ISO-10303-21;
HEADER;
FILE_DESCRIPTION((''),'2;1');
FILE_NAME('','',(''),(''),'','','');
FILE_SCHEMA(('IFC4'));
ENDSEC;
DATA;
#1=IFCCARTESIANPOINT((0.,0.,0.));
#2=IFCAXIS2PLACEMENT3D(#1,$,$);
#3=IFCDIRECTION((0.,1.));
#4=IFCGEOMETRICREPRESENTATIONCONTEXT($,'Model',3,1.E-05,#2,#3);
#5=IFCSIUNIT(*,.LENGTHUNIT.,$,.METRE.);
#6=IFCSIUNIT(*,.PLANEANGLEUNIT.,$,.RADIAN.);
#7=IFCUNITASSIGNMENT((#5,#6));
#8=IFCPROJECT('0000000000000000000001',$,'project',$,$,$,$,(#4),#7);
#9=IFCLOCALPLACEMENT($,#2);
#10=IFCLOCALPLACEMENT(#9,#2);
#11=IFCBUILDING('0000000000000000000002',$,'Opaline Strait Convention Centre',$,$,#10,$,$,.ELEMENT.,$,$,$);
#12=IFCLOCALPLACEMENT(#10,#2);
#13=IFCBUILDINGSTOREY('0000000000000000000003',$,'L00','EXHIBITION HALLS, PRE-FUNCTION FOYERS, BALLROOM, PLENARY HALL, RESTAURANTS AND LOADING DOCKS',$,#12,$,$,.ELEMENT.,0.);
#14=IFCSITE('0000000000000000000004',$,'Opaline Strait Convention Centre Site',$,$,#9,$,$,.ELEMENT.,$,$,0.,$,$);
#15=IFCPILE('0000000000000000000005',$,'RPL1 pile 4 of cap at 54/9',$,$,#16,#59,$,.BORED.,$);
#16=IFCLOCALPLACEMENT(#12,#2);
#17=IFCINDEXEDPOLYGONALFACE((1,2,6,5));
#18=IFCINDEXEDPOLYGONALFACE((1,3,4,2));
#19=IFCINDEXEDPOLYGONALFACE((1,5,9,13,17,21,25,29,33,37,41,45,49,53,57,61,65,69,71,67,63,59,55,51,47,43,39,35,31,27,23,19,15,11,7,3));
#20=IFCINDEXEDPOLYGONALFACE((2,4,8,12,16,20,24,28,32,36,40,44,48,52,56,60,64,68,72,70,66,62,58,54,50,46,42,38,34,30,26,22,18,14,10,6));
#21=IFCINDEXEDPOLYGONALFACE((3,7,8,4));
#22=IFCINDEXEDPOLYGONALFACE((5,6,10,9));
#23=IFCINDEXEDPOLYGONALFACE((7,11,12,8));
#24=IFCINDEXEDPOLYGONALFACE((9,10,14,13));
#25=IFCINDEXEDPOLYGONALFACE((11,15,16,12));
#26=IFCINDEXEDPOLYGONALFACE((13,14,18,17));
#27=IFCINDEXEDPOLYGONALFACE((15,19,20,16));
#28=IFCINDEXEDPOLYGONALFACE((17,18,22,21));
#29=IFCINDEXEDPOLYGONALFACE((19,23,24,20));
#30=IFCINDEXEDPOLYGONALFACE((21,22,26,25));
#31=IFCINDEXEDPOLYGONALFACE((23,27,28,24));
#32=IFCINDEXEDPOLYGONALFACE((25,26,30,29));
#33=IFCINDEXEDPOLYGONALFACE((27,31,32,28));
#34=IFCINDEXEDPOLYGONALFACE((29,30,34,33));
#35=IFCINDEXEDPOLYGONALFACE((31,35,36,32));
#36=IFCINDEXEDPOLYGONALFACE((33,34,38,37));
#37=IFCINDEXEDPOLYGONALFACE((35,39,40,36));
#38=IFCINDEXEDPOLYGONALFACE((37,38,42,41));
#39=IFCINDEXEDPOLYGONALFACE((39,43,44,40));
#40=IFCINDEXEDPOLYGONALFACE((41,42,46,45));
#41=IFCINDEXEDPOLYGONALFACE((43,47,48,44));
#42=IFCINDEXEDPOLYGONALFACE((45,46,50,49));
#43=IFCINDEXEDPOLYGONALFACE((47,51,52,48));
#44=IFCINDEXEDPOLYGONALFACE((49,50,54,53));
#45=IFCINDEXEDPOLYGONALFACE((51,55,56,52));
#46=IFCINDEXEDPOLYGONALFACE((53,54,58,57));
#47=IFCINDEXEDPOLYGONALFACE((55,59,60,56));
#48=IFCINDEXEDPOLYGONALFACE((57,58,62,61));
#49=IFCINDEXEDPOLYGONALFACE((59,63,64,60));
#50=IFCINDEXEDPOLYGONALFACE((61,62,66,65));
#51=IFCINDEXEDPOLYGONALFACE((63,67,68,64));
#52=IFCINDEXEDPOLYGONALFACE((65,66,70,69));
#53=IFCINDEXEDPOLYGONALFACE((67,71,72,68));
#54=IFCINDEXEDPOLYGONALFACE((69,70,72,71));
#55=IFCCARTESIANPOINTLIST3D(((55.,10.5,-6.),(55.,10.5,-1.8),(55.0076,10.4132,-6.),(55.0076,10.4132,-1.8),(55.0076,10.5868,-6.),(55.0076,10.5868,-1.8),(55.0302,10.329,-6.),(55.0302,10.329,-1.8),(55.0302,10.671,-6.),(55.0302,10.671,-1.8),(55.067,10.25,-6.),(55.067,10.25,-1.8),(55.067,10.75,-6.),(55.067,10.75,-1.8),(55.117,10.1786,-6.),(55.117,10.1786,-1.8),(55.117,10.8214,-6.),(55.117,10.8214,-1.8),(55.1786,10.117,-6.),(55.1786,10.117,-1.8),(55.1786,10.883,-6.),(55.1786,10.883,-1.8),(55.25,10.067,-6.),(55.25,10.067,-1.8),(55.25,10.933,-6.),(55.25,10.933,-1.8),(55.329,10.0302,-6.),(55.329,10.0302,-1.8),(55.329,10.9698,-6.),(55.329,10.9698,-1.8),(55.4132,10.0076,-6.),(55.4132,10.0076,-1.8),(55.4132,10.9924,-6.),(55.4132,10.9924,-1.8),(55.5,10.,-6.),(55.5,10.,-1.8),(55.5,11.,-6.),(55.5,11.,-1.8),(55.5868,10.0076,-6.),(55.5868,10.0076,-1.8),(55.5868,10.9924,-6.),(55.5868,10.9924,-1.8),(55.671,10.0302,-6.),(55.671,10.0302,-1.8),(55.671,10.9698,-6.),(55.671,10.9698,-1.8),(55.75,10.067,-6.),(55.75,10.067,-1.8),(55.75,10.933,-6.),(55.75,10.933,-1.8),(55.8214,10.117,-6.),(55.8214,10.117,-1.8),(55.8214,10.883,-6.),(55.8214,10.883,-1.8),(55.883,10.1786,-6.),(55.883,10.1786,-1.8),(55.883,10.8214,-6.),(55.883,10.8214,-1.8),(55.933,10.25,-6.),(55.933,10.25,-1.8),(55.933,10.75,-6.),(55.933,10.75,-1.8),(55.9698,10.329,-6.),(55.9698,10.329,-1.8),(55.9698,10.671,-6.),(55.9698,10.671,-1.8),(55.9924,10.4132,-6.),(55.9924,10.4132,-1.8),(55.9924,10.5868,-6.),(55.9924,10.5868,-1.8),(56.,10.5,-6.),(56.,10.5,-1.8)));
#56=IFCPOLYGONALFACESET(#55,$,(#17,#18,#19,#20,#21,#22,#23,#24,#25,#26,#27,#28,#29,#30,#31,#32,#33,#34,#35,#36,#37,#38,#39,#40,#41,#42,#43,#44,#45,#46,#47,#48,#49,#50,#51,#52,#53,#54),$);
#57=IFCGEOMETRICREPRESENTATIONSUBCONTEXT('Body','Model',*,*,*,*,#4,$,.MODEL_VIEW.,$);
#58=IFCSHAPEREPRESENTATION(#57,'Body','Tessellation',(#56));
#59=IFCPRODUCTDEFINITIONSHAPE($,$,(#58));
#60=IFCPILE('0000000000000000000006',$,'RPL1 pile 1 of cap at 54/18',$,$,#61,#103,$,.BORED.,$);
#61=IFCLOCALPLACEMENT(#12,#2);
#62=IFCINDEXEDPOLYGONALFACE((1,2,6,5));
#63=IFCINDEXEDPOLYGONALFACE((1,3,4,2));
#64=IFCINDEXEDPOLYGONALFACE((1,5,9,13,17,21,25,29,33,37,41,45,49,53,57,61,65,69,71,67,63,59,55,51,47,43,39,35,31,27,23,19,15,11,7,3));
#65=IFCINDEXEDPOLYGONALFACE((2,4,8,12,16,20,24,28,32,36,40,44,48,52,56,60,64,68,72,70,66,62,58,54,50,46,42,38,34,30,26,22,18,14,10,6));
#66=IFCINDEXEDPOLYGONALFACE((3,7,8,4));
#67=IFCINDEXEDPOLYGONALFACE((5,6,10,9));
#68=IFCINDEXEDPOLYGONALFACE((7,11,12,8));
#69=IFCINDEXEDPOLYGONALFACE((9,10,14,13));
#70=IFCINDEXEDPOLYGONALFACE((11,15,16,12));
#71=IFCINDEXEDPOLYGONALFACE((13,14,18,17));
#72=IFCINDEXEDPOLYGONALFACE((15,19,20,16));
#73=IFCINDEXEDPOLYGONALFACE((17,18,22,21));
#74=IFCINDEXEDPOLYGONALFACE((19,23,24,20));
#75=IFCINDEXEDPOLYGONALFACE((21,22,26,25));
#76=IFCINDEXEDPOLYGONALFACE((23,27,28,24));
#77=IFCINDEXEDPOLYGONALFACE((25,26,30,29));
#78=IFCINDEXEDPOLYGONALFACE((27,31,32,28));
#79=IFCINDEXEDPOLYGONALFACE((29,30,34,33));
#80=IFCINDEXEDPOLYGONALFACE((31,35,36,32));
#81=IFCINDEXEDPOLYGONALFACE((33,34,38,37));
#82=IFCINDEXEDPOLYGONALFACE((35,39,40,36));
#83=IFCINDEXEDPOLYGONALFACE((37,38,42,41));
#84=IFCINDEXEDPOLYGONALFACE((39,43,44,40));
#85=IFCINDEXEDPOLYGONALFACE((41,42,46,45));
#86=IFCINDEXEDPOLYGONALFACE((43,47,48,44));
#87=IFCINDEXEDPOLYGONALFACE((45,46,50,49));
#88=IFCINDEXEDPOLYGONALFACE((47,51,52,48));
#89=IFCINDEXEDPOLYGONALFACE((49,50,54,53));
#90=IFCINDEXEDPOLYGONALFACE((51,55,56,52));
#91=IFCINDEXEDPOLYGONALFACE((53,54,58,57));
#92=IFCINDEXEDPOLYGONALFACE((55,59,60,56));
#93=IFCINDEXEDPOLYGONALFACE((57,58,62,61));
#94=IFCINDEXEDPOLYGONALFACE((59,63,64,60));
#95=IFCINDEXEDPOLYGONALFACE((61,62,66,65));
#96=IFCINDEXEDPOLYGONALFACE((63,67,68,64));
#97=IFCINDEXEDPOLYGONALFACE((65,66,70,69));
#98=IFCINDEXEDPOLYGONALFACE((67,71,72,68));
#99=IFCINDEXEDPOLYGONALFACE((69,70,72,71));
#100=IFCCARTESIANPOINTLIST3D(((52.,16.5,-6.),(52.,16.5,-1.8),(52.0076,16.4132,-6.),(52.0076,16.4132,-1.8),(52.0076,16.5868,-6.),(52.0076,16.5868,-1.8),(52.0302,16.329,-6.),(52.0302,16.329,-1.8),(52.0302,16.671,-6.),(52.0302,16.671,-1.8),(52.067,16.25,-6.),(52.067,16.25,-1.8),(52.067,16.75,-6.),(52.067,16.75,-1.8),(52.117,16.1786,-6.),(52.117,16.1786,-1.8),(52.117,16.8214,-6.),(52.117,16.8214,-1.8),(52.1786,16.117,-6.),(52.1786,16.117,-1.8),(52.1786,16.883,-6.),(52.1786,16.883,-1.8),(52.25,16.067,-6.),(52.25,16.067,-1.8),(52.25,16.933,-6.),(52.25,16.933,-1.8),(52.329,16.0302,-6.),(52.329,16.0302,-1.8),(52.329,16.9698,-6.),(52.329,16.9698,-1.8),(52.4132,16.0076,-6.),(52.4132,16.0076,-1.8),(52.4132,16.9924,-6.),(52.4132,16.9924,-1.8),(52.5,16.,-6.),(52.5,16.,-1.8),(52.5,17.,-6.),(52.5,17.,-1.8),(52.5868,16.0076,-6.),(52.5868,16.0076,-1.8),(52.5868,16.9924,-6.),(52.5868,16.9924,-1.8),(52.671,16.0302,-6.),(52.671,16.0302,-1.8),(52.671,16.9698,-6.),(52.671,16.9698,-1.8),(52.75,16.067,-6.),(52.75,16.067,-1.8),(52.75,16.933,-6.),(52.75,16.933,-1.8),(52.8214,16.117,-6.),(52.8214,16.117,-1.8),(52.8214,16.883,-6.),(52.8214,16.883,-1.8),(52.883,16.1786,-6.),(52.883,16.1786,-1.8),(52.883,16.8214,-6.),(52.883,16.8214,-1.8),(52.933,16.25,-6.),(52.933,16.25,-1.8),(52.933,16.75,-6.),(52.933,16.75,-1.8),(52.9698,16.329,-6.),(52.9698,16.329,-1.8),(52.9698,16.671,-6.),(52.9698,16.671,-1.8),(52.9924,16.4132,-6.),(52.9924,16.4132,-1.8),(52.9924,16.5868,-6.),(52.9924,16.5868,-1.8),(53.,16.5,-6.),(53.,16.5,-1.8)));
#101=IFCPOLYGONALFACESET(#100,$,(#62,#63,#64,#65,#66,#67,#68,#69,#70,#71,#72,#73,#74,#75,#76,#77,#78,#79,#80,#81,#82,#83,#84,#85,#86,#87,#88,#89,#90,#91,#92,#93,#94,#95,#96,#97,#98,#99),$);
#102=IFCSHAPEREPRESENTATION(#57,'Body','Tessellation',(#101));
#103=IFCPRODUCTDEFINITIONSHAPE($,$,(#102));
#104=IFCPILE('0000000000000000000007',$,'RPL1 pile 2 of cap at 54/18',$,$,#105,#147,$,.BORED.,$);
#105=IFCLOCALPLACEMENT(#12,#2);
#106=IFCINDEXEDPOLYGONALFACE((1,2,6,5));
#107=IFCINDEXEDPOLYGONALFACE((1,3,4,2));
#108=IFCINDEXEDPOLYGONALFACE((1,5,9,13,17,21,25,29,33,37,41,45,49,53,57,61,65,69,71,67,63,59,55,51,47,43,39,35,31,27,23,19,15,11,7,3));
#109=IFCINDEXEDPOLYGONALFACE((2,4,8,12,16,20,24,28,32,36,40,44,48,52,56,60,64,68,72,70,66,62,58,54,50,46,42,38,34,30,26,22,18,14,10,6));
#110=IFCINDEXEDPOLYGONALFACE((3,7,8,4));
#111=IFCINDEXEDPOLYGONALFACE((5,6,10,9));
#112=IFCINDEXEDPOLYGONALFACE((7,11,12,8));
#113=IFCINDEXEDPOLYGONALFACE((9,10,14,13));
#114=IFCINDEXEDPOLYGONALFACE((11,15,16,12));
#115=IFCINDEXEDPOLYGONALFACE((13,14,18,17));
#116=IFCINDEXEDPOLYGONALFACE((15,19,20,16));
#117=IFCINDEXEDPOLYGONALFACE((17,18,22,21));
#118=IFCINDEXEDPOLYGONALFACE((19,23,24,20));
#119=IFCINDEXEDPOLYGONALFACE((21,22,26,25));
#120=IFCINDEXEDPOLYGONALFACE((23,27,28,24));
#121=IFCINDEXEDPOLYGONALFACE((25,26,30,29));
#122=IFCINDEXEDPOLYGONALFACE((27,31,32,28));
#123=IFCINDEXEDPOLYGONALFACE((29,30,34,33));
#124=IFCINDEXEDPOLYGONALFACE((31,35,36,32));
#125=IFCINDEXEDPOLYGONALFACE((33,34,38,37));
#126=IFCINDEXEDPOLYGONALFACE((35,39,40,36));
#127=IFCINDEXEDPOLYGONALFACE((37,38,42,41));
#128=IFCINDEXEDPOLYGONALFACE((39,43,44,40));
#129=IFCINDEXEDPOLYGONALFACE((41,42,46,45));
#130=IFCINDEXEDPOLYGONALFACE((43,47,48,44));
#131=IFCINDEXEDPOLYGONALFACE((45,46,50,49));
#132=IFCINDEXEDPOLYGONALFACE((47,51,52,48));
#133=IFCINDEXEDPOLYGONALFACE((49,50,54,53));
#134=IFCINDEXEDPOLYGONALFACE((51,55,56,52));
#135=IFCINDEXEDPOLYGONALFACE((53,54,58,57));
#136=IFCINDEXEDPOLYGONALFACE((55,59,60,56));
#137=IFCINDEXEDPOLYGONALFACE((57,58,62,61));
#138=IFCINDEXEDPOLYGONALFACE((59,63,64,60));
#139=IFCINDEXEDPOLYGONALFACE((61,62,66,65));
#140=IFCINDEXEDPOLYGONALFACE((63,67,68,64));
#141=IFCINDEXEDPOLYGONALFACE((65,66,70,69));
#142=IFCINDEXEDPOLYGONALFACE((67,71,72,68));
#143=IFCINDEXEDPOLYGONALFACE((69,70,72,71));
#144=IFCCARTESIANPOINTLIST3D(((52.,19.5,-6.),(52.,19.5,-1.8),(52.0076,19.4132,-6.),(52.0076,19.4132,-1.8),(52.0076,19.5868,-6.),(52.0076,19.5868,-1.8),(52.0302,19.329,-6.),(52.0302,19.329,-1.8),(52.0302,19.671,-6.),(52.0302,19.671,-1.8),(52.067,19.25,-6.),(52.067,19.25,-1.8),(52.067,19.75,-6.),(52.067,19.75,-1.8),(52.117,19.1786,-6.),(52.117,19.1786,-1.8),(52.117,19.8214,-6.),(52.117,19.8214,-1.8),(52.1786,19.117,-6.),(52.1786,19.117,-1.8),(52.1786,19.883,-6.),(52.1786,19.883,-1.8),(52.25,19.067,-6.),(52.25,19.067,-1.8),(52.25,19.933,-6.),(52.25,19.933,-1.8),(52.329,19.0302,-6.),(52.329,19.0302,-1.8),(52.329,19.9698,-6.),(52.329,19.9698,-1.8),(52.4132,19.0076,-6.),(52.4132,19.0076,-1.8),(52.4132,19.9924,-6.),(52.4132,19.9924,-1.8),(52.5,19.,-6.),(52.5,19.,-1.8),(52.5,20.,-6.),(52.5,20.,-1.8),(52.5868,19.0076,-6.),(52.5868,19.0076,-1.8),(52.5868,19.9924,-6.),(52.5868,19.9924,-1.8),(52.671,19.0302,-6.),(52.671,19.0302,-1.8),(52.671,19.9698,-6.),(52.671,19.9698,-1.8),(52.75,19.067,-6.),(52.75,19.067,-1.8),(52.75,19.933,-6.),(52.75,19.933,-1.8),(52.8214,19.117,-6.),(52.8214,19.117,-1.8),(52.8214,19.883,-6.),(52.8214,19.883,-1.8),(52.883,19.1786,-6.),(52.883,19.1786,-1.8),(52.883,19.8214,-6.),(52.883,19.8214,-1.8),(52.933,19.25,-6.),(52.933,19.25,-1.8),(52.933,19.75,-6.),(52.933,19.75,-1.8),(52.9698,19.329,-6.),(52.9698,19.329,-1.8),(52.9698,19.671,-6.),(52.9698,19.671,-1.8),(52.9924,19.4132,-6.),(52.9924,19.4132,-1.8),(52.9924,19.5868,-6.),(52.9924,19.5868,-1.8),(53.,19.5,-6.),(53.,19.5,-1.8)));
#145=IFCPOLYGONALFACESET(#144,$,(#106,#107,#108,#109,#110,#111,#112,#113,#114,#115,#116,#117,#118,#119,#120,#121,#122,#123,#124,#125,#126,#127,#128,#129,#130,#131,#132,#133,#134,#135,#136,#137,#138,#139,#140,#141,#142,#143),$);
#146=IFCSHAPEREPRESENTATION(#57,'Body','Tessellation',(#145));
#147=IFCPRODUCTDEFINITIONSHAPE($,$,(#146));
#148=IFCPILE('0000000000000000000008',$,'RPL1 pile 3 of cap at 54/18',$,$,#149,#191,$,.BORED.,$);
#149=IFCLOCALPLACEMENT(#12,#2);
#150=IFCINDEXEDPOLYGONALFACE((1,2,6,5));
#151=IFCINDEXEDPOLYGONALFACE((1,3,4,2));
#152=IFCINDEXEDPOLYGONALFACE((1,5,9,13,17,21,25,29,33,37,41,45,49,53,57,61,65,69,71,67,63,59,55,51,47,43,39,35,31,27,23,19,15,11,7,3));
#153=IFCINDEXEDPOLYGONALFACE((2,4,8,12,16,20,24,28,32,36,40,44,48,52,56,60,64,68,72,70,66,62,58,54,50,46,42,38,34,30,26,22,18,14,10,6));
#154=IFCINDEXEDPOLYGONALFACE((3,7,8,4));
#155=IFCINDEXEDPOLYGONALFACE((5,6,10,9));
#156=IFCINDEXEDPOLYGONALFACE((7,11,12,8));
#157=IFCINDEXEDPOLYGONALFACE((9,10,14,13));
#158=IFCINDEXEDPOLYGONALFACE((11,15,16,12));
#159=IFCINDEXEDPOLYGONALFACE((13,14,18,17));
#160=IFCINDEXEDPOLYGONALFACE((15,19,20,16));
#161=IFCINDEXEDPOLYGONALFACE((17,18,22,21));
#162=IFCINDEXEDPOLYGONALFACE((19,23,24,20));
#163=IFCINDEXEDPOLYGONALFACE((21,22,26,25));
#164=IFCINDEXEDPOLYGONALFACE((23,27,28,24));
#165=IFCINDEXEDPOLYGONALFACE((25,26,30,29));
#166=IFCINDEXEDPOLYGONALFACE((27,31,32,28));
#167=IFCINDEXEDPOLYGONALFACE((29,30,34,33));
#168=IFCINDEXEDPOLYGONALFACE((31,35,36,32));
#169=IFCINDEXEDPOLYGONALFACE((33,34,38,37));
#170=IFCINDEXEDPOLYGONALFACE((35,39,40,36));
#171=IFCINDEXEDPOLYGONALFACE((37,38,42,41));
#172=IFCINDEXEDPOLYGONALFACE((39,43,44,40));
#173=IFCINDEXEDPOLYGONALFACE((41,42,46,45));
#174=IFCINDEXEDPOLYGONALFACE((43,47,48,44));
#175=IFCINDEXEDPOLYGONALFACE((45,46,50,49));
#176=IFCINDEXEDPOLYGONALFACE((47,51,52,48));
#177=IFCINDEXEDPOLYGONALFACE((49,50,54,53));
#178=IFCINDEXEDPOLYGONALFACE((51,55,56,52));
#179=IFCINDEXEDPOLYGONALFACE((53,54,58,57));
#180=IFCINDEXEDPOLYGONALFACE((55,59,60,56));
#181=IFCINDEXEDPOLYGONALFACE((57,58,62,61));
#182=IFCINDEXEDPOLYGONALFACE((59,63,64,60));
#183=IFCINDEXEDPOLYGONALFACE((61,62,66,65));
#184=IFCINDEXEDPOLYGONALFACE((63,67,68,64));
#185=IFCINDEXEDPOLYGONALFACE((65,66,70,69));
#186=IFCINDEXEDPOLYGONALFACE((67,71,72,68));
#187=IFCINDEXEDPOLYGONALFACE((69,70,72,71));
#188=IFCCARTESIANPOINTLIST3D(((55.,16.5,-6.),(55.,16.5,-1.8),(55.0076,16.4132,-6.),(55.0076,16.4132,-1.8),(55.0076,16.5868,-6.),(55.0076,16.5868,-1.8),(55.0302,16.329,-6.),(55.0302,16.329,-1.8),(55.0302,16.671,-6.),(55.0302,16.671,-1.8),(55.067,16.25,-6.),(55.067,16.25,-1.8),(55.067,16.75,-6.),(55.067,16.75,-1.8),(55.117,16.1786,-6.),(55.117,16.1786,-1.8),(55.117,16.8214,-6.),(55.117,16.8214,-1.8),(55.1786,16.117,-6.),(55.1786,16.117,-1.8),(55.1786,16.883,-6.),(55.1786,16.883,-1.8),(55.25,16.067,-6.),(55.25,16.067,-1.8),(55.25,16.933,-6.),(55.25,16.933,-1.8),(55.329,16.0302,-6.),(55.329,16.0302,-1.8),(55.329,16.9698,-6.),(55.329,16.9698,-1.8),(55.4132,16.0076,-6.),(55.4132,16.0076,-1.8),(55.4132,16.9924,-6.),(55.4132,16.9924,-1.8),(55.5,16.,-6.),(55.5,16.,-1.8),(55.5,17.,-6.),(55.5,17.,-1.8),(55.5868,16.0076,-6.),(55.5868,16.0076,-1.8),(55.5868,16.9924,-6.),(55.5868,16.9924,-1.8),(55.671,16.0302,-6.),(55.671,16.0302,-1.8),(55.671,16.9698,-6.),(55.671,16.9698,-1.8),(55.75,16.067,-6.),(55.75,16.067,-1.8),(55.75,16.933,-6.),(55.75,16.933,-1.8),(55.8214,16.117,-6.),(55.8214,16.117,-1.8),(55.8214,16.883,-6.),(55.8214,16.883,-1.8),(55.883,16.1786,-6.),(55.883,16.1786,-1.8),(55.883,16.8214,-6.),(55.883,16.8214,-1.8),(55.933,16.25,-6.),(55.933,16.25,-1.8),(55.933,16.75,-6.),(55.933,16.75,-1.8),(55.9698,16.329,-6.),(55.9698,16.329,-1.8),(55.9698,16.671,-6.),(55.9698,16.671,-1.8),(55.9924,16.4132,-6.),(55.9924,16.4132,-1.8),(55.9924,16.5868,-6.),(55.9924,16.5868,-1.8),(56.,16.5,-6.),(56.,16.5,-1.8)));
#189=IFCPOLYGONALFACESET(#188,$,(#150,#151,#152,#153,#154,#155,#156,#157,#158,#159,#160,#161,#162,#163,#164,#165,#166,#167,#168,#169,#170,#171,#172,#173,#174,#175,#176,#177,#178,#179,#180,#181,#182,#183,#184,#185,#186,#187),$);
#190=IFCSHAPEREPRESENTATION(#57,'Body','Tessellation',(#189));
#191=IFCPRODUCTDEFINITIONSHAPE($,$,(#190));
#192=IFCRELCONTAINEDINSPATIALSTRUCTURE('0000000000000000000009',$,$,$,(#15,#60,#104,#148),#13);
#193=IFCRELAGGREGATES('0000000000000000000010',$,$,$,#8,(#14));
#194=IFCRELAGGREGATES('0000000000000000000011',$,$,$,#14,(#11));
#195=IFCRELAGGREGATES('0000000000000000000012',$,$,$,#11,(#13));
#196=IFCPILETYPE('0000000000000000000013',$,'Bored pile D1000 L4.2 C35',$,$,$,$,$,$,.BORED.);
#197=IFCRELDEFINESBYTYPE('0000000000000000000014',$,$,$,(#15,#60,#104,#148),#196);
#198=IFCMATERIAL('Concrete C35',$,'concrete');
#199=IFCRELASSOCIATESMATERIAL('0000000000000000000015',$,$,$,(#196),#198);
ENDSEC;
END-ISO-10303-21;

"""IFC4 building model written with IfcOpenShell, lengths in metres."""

from ifc_helpers import new_model, si_unit, direction, frame, origin, origin_2d, place, context, subcontext, project, spatial, circle, extrude, material, material_profile, profile_set, type_object, element, save


model = new_model("IFC4")

# Units and contexts
model_context = context("Model", 3, precision=1e-05, world=origin(), true_north=direction((0.0, 1.0)))
body_context = subcontext(model_context, "Body", "Model", "MODEL_VIEW")
ifc_project = project(units=[si_unit("LENGTHUNIT", "METRE"), si_unit("PLANEANGLEUNIT", "RADIAN")], contexts=[model_context])

# Site, building, storey
site_placement = place(None, origin())
site = spatial("IfcSite", under=ifc_project, at=site_placement, Name="Opaline Strait Convention Centre Site", CompositionType="ELEMENT", RefElevation=0.0)
building_placement = place(site_placement, origin())
building = spatial("IfcBuilding", under=site, at=building_placement, Name="Opaline Strait Convention Centre", CompositionType="ELEMENT")
storey_placement = place(building_placement, origin())
storey = spatial("IfcBuildingStorey", under=building, at=storey_placement, Name="L00", Description="EXHIBITION HALLS, PRE-FUNCTION FOYERS, BALLROOM, PLENARY HALL, RESTAURANTS AND LOADING DOCKS", CompositionType="ELEMENT", Elevation=0.0)

# Piles
ifc_material_1 = material(Name="Concrete C35", Category="concrete")
ifc_material_profile_1 = material_profile(ifc_material_1, circle(Radius=0.5, at=origin_2d()), Name="D1000")
ifc_profile_set_1 = profile_set([ifc_material_profile_1], Name="Concrete C35")
pile_type = type_object("IfcPileType", Name="Bored pile D1000 L4.2 C35", PredefinedType="BORED", material=ifc_profile_set_1)
for number, where, z_axis, x_axis, name in (
    (1, (55.5, 10.5, -1.8), (0.0, 0.0, -1.0), (1.0, 0.0, 0.0), "RPL1 pile 4 of cap at 54/9"),
    (2, (52.5, 16.5, -1.8), (0.0, 0.0, -1.0), (1.0, 0.0, 0.0), "RPL1 pile 1 of cap at 54/18"),
    (3, (52.5, 19.5, -1.8), (0.0, 0.0, -1.0), (1.0, 0.0, 0.0), "RPL1 pile 2 of cap at 54/18"),
    (4, (55.5, 16.5, -1.8), (0.0, 0.0, -1.0), (1.0, 0.0, 0.0), "RPL1 pile 3 of cap at 54/18"),
):
    element("IfcPile", number, at=place(storey_placement, frame(where, z_axis=z_axis, x_axis=x_axis)), inside=storey, type_object=pile_type, Name=name, PredefinedType="BORED", context=body_context, shape_type="SweptSolid", body=[
        extrude(circle(Radius=0.5, at=origin_2d()), origin(), (0.0, 0.0, 1.0), 4.2),
    ])

save(model, "model.ifc")
